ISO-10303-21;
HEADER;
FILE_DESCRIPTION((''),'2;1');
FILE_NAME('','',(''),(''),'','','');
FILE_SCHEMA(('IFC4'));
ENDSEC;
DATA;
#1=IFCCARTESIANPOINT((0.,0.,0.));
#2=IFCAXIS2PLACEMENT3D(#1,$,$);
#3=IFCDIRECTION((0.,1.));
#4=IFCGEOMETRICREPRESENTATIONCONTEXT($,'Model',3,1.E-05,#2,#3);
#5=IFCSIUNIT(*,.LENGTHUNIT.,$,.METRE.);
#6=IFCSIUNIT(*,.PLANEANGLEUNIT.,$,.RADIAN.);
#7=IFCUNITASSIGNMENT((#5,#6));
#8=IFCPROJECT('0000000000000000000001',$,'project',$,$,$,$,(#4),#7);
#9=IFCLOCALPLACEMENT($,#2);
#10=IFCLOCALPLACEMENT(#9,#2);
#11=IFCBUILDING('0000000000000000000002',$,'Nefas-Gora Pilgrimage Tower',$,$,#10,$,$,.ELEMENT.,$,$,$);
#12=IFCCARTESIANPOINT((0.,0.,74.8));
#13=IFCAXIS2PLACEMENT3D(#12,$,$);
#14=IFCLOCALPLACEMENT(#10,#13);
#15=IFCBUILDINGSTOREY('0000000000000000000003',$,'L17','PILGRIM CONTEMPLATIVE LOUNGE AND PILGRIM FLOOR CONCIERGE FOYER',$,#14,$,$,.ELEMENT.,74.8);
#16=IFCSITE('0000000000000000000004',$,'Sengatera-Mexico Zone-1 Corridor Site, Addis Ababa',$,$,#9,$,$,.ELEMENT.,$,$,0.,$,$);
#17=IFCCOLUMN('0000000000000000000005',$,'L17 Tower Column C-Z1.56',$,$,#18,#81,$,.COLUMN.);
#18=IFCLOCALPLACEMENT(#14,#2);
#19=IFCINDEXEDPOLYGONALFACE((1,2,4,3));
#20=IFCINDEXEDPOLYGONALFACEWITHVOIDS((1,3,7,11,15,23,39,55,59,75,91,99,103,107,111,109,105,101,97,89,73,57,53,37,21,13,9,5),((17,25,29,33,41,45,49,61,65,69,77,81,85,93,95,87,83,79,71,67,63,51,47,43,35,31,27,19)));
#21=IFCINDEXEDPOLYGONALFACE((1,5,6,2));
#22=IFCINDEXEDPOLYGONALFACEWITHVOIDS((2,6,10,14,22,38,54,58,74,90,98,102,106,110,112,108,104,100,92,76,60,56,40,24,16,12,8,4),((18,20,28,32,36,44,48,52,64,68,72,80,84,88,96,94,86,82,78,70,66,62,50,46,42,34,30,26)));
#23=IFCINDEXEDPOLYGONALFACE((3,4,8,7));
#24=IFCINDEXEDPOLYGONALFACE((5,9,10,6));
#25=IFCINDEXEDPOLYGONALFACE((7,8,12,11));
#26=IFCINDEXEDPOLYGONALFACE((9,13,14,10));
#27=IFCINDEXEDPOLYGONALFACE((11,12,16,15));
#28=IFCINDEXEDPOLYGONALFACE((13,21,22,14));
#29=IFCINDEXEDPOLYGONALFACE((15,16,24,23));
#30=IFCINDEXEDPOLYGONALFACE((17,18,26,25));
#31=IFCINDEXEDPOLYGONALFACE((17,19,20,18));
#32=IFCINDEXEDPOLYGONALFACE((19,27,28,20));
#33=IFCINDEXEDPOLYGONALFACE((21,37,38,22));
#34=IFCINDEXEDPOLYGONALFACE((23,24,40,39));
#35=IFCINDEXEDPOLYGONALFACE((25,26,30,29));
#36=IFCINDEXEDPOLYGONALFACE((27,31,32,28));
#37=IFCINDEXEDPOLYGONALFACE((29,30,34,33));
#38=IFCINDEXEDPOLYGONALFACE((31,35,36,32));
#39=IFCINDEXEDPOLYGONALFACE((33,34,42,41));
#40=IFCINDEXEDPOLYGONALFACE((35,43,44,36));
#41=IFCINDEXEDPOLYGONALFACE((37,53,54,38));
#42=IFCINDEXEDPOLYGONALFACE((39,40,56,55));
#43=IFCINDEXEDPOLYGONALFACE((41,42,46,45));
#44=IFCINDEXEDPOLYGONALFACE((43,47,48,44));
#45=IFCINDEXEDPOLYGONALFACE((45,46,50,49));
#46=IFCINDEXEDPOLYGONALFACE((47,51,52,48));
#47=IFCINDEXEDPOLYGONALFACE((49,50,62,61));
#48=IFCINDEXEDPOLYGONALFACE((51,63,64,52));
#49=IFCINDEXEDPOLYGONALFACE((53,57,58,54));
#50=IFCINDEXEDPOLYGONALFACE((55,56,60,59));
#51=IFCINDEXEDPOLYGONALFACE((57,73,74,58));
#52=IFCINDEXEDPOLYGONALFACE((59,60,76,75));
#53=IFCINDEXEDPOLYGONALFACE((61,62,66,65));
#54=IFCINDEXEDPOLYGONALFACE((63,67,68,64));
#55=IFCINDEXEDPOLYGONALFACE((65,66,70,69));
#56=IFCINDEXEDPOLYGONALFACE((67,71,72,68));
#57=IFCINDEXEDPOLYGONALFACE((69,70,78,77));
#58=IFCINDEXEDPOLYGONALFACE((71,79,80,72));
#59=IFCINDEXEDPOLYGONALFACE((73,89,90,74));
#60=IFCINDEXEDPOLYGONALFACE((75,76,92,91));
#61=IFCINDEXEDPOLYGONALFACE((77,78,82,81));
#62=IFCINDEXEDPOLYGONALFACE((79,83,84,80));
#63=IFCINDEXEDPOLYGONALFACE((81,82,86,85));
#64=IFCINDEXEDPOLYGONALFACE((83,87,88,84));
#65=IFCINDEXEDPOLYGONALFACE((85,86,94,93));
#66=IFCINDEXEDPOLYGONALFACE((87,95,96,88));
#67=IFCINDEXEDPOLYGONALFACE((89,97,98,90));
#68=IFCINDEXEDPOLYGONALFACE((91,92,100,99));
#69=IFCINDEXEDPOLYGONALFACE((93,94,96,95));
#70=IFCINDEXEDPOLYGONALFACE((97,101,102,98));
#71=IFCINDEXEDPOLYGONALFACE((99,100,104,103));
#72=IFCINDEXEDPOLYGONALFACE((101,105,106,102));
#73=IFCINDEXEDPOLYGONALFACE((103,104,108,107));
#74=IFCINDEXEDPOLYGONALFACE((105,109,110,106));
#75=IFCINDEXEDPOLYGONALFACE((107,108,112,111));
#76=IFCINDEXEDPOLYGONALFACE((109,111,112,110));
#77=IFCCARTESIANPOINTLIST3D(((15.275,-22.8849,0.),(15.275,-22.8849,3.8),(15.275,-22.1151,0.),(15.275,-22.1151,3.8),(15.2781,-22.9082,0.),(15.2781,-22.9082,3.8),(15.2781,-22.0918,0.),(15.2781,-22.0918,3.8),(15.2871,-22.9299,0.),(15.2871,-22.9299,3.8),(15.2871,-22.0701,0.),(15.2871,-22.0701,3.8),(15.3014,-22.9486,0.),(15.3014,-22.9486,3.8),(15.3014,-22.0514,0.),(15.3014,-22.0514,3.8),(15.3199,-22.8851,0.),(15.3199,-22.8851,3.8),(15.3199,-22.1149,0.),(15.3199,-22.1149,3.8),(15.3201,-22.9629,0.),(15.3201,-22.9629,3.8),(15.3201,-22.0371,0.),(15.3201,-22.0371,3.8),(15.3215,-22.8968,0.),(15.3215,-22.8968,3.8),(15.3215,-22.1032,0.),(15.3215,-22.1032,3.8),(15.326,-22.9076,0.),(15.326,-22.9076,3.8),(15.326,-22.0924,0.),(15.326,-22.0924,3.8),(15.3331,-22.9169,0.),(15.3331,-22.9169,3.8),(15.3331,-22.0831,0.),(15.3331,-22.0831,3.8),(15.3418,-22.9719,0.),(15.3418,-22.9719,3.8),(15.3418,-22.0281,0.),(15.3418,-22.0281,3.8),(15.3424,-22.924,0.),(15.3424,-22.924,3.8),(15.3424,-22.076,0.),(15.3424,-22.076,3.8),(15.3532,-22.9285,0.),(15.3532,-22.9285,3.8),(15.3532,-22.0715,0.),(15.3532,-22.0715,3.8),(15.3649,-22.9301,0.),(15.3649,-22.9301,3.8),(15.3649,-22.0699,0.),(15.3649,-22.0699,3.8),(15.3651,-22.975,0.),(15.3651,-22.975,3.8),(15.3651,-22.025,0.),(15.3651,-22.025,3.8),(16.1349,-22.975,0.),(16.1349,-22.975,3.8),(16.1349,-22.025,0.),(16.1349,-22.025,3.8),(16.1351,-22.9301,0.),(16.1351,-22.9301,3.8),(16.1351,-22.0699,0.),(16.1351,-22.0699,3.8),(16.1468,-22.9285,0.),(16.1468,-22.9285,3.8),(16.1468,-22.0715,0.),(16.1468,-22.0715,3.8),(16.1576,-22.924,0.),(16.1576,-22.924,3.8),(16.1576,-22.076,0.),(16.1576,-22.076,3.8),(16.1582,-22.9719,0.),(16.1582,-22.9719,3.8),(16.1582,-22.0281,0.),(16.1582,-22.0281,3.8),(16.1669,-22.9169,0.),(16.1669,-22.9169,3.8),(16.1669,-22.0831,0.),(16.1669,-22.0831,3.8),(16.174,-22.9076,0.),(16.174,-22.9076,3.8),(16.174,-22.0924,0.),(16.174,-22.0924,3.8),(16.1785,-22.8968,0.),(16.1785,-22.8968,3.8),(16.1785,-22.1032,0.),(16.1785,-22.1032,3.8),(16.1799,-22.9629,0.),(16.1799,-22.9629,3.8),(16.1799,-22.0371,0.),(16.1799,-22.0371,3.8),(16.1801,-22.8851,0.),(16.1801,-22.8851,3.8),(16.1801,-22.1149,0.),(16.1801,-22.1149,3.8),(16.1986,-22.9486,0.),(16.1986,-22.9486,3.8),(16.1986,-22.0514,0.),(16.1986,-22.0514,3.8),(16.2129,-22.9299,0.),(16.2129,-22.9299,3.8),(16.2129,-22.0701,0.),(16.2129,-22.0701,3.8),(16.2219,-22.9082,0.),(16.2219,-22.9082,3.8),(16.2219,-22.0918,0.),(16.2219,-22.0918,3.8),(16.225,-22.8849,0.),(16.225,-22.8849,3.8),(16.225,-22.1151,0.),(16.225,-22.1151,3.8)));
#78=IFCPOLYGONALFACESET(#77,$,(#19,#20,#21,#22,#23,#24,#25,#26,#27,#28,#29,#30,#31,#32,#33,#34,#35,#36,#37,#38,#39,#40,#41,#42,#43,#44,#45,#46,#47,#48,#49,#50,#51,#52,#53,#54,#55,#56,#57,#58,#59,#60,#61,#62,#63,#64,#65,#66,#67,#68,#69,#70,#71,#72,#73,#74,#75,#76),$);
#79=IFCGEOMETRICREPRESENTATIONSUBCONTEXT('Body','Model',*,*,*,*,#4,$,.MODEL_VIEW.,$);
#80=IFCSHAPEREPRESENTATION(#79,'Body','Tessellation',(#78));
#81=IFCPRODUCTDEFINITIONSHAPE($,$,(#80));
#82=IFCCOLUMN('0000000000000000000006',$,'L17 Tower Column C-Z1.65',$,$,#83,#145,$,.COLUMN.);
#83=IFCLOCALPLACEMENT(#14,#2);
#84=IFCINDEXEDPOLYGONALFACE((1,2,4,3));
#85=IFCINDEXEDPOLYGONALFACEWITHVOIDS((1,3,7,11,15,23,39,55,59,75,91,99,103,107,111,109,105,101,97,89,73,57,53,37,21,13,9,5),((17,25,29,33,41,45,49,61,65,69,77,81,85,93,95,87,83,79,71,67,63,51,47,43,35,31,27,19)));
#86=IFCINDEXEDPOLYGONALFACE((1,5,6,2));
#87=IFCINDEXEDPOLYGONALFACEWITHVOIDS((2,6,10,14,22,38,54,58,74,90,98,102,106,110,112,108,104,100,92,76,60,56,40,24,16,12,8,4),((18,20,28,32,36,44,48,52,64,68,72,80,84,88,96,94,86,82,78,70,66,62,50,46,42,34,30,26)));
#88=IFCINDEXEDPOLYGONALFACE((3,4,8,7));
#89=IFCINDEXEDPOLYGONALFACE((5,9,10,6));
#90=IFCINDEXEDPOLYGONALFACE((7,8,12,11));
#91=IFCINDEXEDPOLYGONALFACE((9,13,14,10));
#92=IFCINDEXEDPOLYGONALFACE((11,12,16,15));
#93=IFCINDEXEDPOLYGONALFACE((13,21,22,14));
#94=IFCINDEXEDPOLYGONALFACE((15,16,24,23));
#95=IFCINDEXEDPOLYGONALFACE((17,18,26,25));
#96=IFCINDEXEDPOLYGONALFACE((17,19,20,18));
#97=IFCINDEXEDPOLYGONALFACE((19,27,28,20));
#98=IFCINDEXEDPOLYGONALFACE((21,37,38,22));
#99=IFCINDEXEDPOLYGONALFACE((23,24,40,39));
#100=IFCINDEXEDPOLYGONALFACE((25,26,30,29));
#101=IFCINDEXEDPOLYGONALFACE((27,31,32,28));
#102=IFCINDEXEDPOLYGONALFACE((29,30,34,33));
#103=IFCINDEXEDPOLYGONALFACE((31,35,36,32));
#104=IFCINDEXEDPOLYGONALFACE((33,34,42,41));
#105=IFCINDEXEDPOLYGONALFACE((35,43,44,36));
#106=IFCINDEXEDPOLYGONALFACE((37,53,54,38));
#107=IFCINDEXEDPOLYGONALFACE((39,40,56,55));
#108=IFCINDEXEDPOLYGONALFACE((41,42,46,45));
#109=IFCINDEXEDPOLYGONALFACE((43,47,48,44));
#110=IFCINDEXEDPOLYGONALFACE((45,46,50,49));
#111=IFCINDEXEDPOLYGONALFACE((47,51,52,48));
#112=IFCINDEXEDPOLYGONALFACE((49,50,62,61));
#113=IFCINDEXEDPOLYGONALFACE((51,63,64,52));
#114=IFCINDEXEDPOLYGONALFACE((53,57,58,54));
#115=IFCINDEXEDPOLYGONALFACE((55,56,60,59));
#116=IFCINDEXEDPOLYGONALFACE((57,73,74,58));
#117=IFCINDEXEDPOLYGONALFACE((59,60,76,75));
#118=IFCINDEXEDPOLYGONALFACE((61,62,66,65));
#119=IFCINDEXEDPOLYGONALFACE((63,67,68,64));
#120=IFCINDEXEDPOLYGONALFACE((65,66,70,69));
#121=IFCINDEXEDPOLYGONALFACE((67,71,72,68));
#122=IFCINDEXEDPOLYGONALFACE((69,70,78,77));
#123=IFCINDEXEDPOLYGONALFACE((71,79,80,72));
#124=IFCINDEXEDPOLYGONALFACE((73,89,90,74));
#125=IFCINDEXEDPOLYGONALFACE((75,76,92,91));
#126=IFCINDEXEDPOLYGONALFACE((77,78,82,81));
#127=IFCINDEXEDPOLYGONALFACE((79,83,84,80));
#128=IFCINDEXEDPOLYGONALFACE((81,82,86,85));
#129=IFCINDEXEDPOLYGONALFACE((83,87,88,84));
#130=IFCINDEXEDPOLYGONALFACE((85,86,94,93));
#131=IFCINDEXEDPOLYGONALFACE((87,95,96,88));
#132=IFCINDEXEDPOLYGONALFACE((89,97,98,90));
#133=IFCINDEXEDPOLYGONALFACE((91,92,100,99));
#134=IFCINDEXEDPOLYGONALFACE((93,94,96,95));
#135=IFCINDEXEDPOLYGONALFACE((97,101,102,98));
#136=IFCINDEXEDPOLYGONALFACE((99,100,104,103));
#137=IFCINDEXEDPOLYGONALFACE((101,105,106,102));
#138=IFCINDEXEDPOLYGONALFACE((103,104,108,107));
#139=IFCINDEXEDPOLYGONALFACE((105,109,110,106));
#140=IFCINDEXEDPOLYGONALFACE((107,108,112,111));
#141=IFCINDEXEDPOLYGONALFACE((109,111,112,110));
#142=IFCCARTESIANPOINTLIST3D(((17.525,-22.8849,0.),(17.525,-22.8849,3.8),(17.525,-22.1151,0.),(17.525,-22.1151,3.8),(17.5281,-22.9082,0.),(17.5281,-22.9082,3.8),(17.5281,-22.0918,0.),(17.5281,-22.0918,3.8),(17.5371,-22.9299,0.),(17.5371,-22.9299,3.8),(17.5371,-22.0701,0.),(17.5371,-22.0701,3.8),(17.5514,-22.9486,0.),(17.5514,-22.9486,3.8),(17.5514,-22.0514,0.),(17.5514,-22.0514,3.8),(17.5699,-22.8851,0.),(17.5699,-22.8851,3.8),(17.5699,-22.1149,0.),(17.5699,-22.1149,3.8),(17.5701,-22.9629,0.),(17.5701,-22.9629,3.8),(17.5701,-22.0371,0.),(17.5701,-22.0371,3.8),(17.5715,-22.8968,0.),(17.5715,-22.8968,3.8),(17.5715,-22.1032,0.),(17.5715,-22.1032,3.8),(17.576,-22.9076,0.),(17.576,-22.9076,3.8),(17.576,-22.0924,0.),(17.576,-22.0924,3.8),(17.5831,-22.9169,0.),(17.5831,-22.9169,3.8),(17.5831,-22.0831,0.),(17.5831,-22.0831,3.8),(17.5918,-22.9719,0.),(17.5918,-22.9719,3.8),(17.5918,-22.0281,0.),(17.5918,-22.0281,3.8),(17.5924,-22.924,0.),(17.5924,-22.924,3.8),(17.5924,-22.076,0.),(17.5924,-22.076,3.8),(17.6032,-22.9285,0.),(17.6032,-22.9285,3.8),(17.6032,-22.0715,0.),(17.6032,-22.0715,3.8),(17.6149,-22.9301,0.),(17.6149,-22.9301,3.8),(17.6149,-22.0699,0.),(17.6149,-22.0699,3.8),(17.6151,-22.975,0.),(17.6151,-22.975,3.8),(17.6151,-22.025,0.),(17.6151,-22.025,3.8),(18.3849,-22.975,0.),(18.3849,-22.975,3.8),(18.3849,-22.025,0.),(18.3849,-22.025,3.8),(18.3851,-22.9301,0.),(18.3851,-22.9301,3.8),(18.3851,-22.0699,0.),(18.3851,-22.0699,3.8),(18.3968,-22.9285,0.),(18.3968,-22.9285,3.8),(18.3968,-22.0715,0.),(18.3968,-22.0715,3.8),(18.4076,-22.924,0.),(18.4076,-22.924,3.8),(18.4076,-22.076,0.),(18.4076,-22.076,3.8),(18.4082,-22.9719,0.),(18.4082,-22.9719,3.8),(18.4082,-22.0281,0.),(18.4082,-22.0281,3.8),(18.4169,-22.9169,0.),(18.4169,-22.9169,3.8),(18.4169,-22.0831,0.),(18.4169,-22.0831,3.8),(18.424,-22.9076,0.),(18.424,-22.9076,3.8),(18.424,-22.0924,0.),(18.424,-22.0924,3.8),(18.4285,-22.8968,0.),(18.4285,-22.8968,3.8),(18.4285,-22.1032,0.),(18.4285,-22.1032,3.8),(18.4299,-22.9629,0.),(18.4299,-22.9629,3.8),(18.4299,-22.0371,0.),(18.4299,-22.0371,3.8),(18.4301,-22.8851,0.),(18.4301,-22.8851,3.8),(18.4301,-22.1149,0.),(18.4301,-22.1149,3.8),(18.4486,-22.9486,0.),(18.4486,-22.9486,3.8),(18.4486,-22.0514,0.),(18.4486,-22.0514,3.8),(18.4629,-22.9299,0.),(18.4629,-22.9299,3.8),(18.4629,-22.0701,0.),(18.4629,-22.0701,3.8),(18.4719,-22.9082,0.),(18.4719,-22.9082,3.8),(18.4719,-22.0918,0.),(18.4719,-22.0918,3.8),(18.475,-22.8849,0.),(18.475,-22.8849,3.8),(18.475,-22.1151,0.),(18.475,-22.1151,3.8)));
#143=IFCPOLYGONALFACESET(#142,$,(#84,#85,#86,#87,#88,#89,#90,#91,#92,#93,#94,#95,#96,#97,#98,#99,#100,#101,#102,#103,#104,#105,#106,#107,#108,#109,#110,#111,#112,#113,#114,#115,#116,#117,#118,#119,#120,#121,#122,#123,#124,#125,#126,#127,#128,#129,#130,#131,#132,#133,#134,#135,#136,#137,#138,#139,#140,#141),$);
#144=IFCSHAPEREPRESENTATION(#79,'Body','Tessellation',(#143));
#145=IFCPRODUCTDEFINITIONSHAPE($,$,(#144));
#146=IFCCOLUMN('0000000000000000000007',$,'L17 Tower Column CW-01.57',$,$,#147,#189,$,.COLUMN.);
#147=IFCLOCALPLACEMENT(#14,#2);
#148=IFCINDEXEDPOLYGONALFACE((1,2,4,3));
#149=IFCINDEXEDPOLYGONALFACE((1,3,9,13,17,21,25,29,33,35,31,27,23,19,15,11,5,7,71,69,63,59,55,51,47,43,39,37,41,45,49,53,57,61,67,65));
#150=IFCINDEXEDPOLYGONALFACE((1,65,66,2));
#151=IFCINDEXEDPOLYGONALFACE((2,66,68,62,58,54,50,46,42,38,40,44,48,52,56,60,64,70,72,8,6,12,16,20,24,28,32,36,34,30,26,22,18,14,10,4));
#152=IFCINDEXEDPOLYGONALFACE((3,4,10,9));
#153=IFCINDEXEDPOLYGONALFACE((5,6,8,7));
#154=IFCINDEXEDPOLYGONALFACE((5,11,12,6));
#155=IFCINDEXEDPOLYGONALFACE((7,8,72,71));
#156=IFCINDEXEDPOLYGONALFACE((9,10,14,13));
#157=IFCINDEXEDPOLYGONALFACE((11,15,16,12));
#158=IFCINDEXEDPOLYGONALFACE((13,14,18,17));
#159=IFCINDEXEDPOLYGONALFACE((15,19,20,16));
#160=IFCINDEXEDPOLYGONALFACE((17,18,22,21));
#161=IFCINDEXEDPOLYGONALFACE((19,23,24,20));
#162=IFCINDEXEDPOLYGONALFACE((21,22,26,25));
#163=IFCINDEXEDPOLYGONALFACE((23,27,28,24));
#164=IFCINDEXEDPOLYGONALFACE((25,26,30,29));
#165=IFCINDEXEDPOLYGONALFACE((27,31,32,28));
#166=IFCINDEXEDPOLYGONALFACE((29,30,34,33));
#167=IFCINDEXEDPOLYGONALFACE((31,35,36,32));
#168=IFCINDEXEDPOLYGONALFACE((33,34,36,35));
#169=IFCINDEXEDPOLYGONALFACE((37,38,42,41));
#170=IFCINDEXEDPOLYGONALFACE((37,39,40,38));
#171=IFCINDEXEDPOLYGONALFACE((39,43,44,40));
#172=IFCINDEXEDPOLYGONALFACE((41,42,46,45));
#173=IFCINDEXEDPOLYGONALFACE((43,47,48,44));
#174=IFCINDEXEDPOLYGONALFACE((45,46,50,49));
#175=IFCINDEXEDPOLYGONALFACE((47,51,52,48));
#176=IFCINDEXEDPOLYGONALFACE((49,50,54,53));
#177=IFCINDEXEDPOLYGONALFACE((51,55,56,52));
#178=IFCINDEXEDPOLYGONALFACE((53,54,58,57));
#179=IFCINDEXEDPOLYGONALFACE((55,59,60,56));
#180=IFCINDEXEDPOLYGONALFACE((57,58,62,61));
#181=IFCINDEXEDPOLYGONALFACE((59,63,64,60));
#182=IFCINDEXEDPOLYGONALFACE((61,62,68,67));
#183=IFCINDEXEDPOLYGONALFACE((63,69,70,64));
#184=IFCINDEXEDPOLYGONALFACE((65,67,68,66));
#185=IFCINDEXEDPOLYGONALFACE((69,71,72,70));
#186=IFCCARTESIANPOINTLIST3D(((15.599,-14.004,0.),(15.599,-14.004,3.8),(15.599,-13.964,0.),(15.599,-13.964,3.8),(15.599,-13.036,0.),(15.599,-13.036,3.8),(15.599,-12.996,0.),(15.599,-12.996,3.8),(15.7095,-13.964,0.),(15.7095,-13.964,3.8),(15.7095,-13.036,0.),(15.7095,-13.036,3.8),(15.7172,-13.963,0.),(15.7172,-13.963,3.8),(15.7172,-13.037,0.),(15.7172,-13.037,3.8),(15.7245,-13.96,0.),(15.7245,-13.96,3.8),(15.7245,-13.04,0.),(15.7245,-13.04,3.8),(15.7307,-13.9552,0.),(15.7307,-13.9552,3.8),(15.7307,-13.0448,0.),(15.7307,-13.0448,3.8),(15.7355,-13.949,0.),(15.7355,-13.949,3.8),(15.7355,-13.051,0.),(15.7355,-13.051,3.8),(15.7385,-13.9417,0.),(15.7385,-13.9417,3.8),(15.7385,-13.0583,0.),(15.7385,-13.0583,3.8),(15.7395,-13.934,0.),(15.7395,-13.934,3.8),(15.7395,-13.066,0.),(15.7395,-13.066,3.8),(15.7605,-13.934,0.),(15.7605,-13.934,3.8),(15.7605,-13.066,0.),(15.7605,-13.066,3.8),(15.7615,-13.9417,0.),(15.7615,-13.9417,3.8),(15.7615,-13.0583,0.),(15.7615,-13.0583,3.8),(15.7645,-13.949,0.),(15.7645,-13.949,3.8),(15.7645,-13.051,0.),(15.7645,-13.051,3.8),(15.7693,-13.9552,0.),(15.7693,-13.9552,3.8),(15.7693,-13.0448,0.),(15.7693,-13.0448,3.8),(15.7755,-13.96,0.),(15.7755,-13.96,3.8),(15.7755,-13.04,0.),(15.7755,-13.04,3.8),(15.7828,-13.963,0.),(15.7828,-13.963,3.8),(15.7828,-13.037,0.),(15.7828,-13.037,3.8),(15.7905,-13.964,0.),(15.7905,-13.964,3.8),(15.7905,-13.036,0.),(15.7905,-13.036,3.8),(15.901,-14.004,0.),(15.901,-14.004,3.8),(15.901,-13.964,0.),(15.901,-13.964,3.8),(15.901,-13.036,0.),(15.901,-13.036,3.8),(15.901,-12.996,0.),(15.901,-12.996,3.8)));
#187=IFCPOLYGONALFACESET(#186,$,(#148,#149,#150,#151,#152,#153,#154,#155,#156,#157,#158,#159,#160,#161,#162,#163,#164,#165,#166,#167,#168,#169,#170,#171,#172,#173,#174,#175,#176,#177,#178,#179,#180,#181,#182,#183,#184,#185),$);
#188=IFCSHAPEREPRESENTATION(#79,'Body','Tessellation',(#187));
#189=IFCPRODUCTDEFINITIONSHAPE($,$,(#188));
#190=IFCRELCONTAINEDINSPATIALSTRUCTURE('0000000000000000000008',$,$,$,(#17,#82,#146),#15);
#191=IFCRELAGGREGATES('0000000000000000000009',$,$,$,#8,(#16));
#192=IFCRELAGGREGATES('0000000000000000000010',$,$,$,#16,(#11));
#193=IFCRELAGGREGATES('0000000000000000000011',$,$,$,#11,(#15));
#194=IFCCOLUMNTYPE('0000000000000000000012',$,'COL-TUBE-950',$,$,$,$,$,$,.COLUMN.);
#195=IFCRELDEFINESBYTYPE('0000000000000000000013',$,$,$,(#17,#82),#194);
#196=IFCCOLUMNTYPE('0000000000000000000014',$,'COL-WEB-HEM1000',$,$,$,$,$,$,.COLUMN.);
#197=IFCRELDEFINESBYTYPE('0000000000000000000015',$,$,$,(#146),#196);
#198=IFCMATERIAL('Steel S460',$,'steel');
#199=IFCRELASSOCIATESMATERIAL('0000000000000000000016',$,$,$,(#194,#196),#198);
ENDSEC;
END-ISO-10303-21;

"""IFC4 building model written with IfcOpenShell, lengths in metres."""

from ifc_helpers import new_model, si_unit, direction, frame, origin, origin_2d, place, context, subcontext, project, spatial, hollow_rectangle, i_section, extrude, source, transform, mapped, material, material_profile, profile_set, type_object, element, save


model = new_model("IFC4")

# Units and contexts
model_context = context("Model", 3, precision=1e-05, world=origin(), true_north=direction((0.0, 1.0)))
body_context = subcontext(model_context, "Body", "Model", "MODEL_VIEW")
ifc_project = project(units=[si_unit("LENGTHUNIT", "METRE"), si_unit("PLANEANGLEUNIT", "RADIAN")], contexts=[model_context])

# Site, building, storey
site_placement = place(None, origin())
site = spatial("IfcSite", under=ifc_project, at=site_placement, Name="Sengatera-Mexico Zone-1 Corridor Site, Addis Ababa", CompositionType="ELEMENT", RefElevation=0.0)
building_placement = place(site_placement, origin())
building = spatial("IfcBuilding", under=site, at=building_placement, Name="Nefas-Gora Pilgrimage Tower", CompositionType="ELEMENT")
storey_placement = place(building_placement, frame((0.0, 0.0, 74.8)))
storey = spatial("IfcBuildingStorey", under=building, at=storey_placement, Name="L17", Description="PILGRIM CONTEMPLATIVE LOUNGE AND PILGRIM FLOOR CONCIERGE FOYER", CompositionType="ELEMENT", Elevation=74.8)

# Columns
ifc_material_1 = material(Name="Steel S460", Category="steel")
ifc_material_profile_1 = material_profile(ifc_material_1, hollow_rectangle(XDim=0.95, YDim=0.95, WallThickness=0.0449, InnerFilletRadius=0.0449, OuterFilletRadius=0.0901, at=origin_2d()), Name="BOX 950x950x45")
ifc_profile_set_1 = profile_set([ifc_material_profile_1], Name="Steel S460")
column_type_1 = type_object("IfcColumnType", Name="COL-TUBE-950", PredefinedType="COLUMN", material=ifc_profile_set_1)
shared_shape_1 = source(origin(), body_context, "Body", "SweptSolid", [
    extrude(hollow_rectangle(XDim=0.95, YDim=0.95, WallThickness=0.0449, InnerFilletRadius=0.0449, OuterFilletRadius=0.0901, at=origin_2d()), origin(), (0.0, 0.0, 1.0), 3.8),
])
for number, where, z_axis, x_axis, name in (
    (1, (15.75, -22.5, 0.0), (0.0, 0.0, 1.0), (1.0, 0.0, 0.0), "L17 Tower Column C-Z1.56"),
    (2, (18.0, -22.5, 0.0), (0.0, 0.0, 1.0), (1.0, 0.0, 0.0), "L17 Tower Column C-Z1.65"),
):
    element("IfcColumn", number, at=place(storey_placement, frame(where, z_axis=z_axis, x_axis=x_axis)), inside=storey, type_object=column_type_1, Name=name, PredefinedType="COLUMN", context=body_context, shape_type="MappedRepresentation", body=[
        mapped(shared_shape_1, transform((0.0, 0.0, 0.0), x_axis=(1.0, 0.0, 0.0), y_axis=(0.0, 1.0, 0.0), z_axis=(0.0, 0.0, 1.0), scale=1.0)),
    ])
ifc_material_profile_2 = material_profile(ifc_material_1, i_section(OverallWidth=0.302, OverallDepth=1.0081, WebThickness=0.021, FlangeThickness=0.04, FilletRadius=0.03, at=origin_2d()), Name="HEM 1000")
ifc_profile_set_2 = profile_set([ifc_material_profile_2], Name="Steel S460")
column_type_2 = type_object("IfcColumnType", Name="COL-WEB-HEM1000", PredefinedType="COLUMN", material=ifc_profile_set_2)
shared_shape_2 = source(origin(), body_context, "Body", "SweptSolid", [
    extrude(i_section(OverallWidth=0.302, OverallDepth=1.0081, WebThickness=0.021, FlangeThickness=0.04, FilletRadius=0.03, at=origin_2d()), origin(), (0.0, 0.0, 1.0), 3.8),
])
for number, where, z_axis, x_axis, name in (
    (3, (15.75, -13.5, 0.0), (0.0, 0.0, 1.0), (1.0, 0.0, 0.0), "L17 Tower Column CW-01.57"),
):
    element("IfcColumn", number, at=place(storey_placement, frame(where, z_axis=z_axis, x_axis=x_axis)), inside=storey, type_object=column_type_2, Name=name, PredefinedType="COLUMN", context=body_context, shape_type="MappedRepresentation", body=[
        mapped(shared_shape_2, transform((0.0, 0.0, 0.0), x_axis=(1.0, 0.0, 0.0), y_axis=(0.0, 1.0, 0.0), z_axis=(0.0, 0.0, 1.0), scale=1.0)),
    ])

save(model, "model.ifc")
